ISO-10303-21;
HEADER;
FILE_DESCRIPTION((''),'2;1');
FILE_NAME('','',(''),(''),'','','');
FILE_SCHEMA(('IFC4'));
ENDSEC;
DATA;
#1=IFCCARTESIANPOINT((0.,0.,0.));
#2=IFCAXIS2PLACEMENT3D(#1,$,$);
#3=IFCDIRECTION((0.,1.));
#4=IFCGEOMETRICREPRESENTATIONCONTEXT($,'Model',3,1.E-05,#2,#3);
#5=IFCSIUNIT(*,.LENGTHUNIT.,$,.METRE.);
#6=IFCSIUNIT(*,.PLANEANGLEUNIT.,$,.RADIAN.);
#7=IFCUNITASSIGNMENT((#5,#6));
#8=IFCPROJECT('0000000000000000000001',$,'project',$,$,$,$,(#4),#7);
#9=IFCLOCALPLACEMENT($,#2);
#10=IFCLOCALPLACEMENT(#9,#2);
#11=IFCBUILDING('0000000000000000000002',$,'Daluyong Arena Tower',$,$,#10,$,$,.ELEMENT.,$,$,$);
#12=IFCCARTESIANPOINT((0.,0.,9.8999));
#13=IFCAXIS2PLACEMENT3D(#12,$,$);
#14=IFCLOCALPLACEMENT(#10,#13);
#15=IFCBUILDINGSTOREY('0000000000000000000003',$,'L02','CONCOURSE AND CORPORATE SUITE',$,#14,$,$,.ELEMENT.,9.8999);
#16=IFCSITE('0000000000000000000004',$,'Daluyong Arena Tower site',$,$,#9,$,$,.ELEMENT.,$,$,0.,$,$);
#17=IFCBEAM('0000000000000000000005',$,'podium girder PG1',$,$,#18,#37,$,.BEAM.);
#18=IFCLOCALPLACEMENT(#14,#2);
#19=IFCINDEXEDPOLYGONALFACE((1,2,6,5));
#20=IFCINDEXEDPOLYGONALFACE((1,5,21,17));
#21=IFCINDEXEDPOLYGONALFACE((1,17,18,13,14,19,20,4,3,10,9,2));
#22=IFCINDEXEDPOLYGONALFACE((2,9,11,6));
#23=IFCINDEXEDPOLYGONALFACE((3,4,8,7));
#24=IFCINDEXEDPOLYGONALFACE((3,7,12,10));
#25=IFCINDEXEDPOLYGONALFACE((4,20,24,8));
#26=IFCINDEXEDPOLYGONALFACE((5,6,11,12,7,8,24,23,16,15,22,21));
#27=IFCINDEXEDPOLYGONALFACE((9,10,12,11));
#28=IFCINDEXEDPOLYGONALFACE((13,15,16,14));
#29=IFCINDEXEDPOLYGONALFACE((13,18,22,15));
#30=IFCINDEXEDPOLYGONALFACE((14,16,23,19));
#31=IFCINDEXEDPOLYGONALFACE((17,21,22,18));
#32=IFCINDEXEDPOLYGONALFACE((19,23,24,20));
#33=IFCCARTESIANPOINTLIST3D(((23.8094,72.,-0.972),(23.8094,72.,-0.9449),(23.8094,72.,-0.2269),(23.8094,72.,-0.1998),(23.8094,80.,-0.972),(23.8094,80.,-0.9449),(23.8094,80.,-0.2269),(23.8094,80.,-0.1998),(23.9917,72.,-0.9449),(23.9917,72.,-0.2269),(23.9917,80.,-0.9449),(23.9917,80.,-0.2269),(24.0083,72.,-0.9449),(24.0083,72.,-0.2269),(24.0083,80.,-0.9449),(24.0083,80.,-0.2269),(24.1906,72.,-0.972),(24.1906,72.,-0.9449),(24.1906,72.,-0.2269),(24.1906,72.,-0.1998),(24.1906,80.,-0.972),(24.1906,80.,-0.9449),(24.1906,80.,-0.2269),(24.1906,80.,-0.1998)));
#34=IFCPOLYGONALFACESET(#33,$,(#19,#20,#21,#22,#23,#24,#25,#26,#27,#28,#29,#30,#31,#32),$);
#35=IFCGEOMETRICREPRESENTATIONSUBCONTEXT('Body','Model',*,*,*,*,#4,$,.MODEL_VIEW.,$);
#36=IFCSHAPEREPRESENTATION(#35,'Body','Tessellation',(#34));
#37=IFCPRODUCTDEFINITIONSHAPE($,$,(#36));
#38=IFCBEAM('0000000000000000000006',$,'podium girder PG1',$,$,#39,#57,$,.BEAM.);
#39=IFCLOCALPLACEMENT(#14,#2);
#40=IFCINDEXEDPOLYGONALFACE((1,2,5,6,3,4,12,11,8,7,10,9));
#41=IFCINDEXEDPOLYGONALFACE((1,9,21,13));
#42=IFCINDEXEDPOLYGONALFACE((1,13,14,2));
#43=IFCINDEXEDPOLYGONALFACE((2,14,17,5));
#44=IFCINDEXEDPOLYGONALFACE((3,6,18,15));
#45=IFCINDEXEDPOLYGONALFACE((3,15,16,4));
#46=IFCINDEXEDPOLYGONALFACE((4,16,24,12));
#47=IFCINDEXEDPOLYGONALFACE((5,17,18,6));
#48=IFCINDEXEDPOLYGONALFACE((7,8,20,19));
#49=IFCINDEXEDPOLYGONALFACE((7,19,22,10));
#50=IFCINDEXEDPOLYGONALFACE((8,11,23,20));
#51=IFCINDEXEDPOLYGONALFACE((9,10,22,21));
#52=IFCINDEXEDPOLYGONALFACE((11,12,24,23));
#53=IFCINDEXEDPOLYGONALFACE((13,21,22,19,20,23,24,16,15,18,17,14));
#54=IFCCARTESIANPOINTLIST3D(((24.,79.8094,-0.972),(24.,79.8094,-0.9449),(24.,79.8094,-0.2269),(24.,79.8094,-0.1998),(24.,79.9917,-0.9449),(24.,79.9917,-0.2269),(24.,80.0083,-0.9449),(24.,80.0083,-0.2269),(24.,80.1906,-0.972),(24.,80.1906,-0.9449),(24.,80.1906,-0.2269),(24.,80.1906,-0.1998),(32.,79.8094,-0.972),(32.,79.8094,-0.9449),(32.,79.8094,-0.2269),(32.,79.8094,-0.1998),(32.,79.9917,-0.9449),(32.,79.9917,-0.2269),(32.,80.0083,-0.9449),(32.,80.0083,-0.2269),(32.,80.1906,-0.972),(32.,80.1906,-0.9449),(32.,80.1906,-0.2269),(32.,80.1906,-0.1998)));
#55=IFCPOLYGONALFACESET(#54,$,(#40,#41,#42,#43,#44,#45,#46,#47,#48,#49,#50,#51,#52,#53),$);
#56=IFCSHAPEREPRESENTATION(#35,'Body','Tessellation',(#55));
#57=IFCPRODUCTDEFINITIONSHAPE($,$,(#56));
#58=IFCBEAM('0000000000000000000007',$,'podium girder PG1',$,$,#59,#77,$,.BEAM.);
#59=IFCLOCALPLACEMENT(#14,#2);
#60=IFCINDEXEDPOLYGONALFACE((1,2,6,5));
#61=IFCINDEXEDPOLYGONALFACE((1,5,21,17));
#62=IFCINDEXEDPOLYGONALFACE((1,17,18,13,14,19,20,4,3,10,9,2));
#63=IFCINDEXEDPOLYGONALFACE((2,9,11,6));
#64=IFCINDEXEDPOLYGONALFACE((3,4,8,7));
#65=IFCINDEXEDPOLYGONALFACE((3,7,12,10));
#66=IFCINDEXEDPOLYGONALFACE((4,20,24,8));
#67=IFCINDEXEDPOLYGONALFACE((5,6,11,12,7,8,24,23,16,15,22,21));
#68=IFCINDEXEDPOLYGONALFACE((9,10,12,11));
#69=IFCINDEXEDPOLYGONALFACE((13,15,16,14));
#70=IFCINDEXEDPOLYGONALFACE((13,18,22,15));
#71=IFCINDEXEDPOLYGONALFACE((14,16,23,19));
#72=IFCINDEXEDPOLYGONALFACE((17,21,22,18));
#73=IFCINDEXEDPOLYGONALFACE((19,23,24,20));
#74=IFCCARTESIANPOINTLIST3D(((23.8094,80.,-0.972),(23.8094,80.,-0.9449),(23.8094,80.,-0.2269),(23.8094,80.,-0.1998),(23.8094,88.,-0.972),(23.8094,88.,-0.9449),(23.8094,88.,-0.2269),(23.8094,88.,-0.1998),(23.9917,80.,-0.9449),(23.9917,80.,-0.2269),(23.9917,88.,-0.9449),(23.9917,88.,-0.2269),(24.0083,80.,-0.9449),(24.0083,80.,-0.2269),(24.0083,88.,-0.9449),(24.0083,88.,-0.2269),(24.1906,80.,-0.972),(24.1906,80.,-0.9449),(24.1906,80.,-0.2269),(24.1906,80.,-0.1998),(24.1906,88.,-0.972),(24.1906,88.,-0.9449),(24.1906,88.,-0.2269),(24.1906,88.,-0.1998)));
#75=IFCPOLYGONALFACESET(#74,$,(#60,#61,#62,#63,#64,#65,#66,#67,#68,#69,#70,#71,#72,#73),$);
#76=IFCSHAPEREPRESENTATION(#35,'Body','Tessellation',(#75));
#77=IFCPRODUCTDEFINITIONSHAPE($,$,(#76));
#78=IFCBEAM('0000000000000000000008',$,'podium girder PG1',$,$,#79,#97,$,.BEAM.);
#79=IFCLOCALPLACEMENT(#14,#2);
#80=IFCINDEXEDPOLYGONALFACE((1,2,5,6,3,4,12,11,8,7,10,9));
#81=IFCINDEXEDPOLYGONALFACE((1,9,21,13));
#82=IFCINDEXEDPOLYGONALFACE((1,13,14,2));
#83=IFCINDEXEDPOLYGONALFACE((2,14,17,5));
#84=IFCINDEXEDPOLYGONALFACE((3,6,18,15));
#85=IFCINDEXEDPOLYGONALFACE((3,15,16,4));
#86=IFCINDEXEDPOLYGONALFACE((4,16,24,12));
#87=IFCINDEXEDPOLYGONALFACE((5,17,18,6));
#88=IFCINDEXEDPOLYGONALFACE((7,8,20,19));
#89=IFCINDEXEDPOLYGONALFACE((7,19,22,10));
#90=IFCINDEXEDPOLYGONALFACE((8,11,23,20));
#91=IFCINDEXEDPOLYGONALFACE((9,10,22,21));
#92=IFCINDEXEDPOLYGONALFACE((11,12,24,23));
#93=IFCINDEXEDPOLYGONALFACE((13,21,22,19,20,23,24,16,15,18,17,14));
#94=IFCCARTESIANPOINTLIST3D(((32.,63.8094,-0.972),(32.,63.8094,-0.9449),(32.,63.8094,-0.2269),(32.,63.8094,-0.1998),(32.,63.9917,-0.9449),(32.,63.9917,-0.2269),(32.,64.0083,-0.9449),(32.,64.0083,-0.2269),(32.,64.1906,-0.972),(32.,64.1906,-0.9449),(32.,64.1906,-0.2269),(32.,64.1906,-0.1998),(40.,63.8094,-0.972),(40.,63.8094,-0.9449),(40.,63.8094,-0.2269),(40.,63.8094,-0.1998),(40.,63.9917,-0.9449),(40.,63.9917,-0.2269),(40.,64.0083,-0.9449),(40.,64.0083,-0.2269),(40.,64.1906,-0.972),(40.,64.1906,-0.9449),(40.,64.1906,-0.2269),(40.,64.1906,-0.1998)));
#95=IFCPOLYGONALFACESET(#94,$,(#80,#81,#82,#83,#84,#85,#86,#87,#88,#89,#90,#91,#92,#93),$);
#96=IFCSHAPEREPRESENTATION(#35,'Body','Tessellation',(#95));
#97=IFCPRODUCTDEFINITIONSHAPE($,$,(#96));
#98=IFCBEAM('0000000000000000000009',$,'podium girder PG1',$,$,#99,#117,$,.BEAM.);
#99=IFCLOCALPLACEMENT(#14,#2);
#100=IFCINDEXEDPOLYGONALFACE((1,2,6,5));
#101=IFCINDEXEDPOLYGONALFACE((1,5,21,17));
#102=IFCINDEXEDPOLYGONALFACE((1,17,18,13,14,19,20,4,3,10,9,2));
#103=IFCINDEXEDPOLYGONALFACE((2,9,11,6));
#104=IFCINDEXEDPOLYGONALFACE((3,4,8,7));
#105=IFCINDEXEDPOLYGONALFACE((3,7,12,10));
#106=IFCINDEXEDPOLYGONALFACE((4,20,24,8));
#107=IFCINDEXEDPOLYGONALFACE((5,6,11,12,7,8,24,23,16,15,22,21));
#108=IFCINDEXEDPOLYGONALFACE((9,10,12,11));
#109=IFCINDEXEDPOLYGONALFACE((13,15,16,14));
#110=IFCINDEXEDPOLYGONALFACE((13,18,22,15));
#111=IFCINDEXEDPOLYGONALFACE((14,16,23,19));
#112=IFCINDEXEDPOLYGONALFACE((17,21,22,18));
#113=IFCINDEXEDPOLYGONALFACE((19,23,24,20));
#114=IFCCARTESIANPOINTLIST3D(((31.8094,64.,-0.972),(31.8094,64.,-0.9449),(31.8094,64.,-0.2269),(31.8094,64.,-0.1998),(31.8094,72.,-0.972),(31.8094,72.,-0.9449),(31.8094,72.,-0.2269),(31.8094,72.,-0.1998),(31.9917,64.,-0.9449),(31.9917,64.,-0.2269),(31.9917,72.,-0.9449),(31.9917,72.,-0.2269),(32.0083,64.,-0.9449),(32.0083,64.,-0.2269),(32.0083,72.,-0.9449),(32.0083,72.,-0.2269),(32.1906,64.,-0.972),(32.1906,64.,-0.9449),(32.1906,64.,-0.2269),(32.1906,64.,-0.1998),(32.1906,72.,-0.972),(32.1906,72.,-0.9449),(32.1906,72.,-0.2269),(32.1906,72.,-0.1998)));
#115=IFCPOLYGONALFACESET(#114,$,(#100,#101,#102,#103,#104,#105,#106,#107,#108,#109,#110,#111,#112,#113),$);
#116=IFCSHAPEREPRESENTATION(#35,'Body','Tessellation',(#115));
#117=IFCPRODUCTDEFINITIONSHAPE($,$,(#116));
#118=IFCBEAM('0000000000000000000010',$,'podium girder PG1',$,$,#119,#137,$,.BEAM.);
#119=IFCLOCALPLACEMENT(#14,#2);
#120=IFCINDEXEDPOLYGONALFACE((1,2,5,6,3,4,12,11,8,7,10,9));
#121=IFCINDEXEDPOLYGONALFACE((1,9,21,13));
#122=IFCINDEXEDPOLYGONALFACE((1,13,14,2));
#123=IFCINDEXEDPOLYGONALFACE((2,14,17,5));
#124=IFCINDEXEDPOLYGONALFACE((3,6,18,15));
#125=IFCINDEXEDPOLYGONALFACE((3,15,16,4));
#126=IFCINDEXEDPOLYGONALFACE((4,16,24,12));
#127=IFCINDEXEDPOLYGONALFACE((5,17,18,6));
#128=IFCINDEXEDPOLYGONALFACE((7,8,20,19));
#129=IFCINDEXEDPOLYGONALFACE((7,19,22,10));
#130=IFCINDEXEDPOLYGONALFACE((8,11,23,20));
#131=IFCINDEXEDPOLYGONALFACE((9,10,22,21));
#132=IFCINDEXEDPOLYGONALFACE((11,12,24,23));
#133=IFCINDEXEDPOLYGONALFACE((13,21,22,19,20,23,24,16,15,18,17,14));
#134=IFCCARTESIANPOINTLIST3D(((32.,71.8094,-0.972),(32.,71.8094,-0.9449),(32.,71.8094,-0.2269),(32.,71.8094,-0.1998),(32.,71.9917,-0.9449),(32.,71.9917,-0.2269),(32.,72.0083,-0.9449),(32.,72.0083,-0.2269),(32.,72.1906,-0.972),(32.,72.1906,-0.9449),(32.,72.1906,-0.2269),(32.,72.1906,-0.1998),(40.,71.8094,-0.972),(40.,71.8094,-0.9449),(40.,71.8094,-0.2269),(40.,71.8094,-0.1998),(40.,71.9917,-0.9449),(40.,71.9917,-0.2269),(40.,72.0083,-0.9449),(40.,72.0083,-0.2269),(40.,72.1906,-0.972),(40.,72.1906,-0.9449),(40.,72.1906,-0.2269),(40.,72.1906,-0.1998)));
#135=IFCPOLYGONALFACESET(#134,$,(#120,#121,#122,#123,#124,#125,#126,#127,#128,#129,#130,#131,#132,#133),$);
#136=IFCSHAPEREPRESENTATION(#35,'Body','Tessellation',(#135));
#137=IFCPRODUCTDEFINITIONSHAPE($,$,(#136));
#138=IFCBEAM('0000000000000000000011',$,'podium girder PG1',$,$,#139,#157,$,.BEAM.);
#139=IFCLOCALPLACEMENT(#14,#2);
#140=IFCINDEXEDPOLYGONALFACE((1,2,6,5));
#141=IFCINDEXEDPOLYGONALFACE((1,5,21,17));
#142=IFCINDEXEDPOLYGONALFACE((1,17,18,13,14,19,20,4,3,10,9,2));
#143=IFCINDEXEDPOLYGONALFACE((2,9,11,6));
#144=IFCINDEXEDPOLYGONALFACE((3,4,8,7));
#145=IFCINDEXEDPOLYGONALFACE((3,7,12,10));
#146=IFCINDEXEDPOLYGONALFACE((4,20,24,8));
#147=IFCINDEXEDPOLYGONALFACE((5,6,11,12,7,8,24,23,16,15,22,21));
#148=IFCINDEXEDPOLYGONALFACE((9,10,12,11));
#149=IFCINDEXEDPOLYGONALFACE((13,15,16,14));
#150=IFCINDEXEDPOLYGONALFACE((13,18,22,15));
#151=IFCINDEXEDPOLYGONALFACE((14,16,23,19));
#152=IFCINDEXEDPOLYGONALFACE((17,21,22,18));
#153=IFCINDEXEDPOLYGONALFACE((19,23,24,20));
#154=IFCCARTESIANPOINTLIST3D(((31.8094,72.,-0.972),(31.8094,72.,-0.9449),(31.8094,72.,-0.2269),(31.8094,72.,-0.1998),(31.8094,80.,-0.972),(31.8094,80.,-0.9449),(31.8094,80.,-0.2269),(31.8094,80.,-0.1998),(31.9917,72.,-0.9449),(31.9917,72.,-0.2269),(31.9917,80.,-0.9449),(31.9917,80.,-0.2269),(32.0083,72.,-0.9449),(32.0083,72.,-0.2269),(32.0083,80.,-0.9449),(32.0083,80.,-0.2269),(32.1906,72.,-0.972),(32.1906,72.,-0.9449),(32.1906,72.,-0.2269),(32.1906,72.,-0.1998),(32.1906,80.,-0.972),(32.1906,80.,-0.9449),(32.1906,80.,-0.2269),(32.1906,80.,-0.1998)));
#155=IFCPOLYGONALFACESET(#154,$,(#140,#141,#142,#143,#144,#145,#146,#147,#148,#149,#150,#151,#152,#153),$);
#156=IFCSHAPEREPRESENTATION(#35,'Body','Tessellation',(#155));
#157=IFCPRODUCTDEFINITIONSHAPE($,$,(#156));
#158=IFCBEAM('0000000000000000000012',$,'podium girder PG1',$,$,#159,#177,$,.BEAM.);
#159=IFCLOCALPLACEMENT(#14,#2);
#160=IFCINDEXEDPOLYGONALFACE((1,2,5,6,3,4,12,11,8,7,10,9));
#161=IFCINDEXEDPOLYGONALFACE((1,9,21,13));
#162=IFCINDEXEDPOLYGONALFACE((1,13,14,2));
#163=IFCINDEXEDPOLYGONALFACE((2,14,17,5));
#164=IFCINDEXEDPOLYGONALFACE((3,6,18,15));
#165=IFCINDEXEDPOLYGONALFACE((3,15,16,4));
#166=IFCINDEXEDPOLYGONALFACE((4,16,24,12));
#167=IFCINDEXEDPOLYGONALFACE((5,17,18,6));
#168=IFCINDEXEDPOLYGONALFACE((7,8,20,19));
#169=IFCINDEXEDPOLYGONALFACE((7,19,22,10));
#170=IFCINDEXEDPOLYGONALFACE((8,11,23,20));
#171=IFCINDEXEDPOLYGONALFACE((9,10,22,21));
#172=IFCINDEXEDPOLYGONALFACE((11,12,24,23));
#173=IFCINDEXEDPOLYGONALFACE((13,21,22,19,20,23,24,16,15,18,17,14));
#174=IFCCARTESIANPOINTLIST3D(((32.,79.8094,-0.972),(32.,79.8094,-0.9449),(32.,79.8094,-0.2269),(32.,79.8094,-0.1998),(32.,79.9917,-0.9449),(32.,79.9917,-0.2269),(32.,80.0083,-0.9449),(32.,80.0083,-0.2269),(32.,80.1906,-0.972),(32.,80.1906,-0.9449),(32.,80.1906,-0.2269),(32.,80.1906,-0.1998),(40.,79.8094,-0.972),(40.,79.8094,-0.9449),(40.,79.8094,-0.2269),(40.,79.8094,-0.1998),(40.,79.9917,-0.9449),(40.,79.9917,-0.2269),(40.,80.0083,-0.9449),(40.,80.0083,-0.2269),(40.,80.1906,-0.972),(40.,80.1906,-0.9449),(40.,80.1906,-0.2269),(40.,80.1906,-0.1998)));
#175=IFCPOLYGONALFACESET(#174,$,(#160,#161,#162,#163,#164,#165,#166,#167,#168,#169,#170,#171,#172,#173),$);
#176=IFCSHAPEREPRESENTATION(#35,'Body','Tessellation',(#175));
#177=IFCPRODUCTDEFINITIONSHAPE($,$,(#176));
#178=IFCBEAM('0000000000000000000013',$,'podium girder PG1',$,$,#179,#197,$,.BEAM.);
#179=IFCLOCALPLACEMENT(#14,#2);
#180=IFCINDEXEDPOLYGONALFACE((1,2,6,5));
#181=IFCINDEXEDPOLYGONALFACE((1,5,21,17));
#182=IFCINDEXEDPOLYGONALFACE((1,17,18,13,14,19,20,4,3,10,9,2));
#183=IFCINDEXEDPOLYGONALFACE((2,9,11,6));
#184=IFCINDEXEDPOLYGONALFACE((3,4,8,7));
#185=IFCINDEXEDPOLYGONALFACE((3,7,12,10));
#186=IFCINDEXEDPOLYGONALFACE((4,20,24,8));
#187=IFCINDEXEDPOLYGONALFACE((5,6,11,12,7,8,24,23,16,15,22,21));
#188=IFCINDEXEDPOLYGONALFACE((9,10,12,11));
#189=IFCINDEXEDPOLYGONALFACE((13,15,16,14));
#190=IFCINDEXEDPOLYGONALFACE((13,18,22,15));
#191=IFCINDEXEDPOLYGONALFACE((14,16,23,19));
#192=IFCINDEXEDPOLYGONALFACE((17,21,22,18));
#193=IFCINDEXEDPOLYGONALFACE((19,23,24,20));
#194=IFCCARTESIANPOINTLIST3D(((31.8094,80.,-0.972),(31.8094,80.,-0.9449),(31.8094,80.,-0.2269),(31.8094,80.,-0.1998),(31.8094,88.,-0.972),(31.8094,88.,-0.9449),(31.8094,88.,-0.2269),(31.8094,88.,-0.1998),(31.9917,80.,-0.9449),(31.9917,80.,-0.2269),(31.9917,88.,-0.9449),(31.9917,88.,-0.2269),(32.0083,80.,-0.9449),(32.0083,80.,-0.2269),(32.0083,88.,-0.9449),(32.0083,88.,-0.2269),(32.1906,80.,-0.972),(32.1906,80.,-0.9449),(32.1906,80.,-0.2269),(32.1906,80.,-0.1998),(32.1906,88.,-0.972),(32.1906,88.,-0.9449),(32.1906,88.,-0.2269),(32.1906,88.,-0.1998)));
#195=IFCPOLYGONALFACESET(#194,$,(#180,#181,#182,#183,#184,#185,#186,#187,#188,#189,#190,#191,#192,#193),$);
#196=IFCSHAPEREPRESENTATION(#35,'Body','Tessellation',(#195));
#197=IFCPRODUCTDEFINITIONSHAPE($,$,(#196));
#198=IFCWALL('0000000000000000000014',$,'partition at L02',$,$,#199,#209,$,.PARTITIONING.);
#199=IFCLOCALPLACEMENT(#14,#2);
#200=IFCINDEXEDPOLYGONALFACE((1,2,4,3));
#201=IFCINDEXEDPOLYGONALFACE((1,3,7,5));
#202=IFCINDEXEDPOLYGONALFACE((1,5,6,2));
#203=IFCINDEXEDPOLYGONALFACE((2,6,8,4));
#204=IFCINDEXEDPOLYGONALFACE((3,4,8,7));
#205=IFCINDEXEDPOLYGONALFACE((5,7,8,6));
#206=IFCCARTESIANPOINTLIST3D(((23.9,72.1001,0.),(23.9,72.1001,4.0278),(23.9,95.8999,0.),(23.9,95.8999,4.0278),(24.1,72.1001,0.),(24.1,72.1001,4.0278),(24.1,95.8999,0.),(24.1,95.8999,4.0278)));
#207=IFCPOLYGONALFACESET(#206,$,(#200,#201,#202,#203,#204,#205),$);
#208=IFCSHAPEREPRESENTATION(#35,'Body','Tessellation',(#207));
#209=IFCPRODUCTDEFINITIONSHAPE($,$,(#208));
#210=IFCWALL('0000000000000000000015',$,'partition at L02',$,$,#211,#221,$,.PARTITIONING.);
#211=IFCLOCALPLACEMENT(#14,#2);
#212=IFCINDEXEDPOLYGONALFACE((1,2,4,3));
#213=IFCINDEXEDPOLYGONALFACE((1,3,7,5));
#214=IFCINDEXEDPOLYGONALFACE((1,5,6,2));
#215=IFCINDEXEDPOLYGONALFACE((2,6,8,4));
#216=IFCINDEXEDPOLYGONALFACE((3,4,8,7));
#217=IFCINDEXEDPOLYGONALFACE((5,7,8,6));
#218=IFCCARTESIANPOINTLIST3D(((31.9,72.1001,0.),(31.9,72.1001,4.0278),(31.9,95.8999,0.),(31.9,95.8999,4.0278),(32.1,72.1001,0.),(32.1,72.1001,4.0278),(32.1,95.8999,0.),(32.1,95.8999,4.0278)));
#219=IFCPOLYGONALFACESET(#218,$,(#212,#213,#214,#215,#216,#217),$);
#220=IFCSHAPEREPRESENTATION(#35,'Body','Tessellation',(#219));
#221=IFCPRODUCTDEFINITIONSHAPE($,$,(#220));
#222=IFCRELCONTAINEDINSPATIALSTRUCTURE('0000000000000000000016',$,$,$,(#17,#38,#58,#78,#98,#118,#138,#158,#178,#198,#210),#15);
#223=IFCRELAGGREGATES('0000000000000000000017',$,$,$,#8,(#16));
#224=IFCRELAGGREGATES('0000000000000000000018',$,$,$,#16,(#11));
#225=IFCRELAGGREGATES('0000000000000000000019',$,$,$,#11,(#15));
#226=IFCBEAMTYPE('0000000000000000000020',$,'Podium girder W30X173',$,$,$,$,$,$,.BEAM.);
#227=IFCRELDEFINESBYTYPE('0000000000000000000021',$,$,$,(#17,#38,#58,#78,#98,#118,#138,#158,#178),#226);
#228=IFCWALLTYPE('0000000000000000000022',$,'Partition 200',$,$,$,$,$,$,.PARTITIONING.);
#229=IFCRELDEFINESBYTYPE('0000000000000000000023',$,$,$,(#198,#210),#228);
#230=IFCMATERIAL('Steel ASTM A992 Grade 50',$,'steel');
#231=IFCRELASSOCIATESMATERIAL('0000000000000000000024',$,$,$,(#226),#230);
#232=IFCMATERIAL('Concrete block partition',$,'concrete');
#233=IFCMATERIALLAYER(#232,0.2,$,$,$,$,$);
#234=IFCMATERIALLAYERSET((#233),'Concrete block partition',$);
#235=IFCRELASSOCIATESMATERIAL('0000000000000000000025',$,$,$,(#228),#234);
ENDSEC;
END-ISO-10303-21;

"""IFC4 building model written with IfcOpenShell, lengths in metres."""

from ifc_helpers import new_model, si_unit, direction, frame, frame_2d, origin, origin_2d, place, context, subcontext, project, spatial, rectangle, i_section, extrude, material, layer, layer_set, material_profile, profile_set, type_object, element, save


model = new_model("IFC4")

# Units and contexts
model_context = context("Model", 3, precision=1e-05, world=origin(), true_north=direction((0.0, 1.0)))
body_context = subcontext(model_context, "Body", "Model", "MODEL_VIEW")
ifc_project = project(units=[si_unit("LENGTHUNIT", "METRE"), si_unit("PLANEANGLEUNIT", "RADIAN")], contexts=[model_context])

# Site, building, storey
site_placement = place(None, origin())
site = spatial("IfcSite", under=ifc_project, at=site_placement, Name="Daluyong Arena Tower site", CompositionType="ELEMENT", RefElevation=0.0)
building_placement = place(site_placement, origin())
building = spatial("IfcBuilding", under=site, at=building_placement, Name="Daluyong Arena Tower", CompositionType="ELEMENT")
storey_placement = place(building_placement, frame((0.0, 0.0, 9.8999)))
storey = spatial("IfcBuildingStorey", under=building, at=storey_placement, Name="L02", Description="CONCOURSE AND CORPORATE SUITE", CompositionType="ELEMENT", Elevation=9.8999)

# Beams
ifc_material_1 = material(Name="Steel ASTM A992 Grade 50", Category="steel")
ifc_material_profile_1 = material_profile(ifc_material_1, i_section(OverallWidth=0.3811, OverallDepth=0.7722, WebThickness=0.0166, FlangeThickness=0.0271, at=origin_2d()))
ifc_profile_set_1 = profile_set([ifc_material_profile_1], Name="Steel ASTM A992 Grade 50")
beam_type_1 = type_object("IfcBeamType", Name="Podium girder W30X173", PredefinedType="BEAM", material=ifc_profile_set_1)
for number, where, z_axis, x_axis, name in (
    (1, (24.0, 72.0, -0.5859), (0.0, 1.0, 0.0), (-1.0, 0.0, 0.0), "podium girder PG1"),
    (2, (24.0, 80.0, -0.5859), (1.0, 0.0, 0.0), (0.0, 1.0, 0.0), "podium girder PG1"),
    (3, (24.0, 80.0, -0.5859), (0.0, 1.0, 0.0), (-1.0, 0.0, 0.0), "podium girder PG1"),
    (4, (32.0, 64.0, -0.5859), (1.0, 0.0, 0.0), (0.0, 1.0, 0.0), "podium girder PG1"),
    (5, (32.0, 64.0, -0.5859), (0.0, 1.0, 0.0), (-1.0, 0.0, 0.0), "podium girder PG1"),
    (6, (32.0, 72.0, -0.5859), (1.0, 0.0, 0.0), (0.0, 1.0, 0.0), "podium girder PG1"),
    (7, (32.0, 72.0, -0.5859), (0.0, 1.0, 0.0), (-1.0, 0.0, 0.0), "podium girder PG1"),
    (8, (32.0, 80.0, -0.5859), (1.0, 0.0, 0.0), (0.0, 1.0, 0.0), "podium girder PG1"),
    (9, (32.0, 80.0, -0.5859), (0.0, 1.0, 0.0), (-1.0, 0.0, 0.0), "podium girder PG1"),
):
    element("IfcBeam", number, at=place(storey_placement, frame(where, z_axis=z_axis, x_axis=x_axis)), inside=storey, type_object=beam_type_1, Name=name, PredefinedType="BEAM", context=body_context, shape_type="SweptSolid", body=[
        extrude(i_section(OverallWidth=0.3811, OverallDepth=0.7722, WebThickness=0.0166, FlangeThickness=0.0271, at=origin_2d()), origin(), (0.0, 0.0, 1.0), 8.0),
    ])

# Walls
ifc_material_2 = material(Name="Concrete block partition", Category="concrete")
ifc_layer = layer(ifc_material_2, 0.2)
ifc_layer_set = layer_set([ifc_layer], Name="Concrete block partition")
wall_type = type_object("IfcWallType", Name="Partition 200", PredefinedType="PARTITIONING", material=ifc_layer_set)
for number, where, z_axis, x_axis, name in (
    (10, (24.0, 72.1001, 0.0), (0.0, 0.0, 1.0), (0.0, 1.0, 0.0), "partition at L02"),
    (11, (32.0, 72.1001, 0.0), (0.0, 0.0, 1.0), (0.0, 1.0, 0.0), "partition at L02"),
):
    element("IfcWall", number, at=place(storey_placement, frame(where, z_axis=z_axis, x_axis=x_axis)), inside=storey, type_object=wall_type, Name=name, PredefinedType="PARTITIONING", context=body_context, shape_type="SweptSolid", body=[
        extrude(rectangle(XDim=23.7998, YDim=0.2, at=frame_2d((11.8999, 0.0))), origin(), (0.0, 0.0, 1.0), 4.0278),
    ])

save(model, "model.ifc")
